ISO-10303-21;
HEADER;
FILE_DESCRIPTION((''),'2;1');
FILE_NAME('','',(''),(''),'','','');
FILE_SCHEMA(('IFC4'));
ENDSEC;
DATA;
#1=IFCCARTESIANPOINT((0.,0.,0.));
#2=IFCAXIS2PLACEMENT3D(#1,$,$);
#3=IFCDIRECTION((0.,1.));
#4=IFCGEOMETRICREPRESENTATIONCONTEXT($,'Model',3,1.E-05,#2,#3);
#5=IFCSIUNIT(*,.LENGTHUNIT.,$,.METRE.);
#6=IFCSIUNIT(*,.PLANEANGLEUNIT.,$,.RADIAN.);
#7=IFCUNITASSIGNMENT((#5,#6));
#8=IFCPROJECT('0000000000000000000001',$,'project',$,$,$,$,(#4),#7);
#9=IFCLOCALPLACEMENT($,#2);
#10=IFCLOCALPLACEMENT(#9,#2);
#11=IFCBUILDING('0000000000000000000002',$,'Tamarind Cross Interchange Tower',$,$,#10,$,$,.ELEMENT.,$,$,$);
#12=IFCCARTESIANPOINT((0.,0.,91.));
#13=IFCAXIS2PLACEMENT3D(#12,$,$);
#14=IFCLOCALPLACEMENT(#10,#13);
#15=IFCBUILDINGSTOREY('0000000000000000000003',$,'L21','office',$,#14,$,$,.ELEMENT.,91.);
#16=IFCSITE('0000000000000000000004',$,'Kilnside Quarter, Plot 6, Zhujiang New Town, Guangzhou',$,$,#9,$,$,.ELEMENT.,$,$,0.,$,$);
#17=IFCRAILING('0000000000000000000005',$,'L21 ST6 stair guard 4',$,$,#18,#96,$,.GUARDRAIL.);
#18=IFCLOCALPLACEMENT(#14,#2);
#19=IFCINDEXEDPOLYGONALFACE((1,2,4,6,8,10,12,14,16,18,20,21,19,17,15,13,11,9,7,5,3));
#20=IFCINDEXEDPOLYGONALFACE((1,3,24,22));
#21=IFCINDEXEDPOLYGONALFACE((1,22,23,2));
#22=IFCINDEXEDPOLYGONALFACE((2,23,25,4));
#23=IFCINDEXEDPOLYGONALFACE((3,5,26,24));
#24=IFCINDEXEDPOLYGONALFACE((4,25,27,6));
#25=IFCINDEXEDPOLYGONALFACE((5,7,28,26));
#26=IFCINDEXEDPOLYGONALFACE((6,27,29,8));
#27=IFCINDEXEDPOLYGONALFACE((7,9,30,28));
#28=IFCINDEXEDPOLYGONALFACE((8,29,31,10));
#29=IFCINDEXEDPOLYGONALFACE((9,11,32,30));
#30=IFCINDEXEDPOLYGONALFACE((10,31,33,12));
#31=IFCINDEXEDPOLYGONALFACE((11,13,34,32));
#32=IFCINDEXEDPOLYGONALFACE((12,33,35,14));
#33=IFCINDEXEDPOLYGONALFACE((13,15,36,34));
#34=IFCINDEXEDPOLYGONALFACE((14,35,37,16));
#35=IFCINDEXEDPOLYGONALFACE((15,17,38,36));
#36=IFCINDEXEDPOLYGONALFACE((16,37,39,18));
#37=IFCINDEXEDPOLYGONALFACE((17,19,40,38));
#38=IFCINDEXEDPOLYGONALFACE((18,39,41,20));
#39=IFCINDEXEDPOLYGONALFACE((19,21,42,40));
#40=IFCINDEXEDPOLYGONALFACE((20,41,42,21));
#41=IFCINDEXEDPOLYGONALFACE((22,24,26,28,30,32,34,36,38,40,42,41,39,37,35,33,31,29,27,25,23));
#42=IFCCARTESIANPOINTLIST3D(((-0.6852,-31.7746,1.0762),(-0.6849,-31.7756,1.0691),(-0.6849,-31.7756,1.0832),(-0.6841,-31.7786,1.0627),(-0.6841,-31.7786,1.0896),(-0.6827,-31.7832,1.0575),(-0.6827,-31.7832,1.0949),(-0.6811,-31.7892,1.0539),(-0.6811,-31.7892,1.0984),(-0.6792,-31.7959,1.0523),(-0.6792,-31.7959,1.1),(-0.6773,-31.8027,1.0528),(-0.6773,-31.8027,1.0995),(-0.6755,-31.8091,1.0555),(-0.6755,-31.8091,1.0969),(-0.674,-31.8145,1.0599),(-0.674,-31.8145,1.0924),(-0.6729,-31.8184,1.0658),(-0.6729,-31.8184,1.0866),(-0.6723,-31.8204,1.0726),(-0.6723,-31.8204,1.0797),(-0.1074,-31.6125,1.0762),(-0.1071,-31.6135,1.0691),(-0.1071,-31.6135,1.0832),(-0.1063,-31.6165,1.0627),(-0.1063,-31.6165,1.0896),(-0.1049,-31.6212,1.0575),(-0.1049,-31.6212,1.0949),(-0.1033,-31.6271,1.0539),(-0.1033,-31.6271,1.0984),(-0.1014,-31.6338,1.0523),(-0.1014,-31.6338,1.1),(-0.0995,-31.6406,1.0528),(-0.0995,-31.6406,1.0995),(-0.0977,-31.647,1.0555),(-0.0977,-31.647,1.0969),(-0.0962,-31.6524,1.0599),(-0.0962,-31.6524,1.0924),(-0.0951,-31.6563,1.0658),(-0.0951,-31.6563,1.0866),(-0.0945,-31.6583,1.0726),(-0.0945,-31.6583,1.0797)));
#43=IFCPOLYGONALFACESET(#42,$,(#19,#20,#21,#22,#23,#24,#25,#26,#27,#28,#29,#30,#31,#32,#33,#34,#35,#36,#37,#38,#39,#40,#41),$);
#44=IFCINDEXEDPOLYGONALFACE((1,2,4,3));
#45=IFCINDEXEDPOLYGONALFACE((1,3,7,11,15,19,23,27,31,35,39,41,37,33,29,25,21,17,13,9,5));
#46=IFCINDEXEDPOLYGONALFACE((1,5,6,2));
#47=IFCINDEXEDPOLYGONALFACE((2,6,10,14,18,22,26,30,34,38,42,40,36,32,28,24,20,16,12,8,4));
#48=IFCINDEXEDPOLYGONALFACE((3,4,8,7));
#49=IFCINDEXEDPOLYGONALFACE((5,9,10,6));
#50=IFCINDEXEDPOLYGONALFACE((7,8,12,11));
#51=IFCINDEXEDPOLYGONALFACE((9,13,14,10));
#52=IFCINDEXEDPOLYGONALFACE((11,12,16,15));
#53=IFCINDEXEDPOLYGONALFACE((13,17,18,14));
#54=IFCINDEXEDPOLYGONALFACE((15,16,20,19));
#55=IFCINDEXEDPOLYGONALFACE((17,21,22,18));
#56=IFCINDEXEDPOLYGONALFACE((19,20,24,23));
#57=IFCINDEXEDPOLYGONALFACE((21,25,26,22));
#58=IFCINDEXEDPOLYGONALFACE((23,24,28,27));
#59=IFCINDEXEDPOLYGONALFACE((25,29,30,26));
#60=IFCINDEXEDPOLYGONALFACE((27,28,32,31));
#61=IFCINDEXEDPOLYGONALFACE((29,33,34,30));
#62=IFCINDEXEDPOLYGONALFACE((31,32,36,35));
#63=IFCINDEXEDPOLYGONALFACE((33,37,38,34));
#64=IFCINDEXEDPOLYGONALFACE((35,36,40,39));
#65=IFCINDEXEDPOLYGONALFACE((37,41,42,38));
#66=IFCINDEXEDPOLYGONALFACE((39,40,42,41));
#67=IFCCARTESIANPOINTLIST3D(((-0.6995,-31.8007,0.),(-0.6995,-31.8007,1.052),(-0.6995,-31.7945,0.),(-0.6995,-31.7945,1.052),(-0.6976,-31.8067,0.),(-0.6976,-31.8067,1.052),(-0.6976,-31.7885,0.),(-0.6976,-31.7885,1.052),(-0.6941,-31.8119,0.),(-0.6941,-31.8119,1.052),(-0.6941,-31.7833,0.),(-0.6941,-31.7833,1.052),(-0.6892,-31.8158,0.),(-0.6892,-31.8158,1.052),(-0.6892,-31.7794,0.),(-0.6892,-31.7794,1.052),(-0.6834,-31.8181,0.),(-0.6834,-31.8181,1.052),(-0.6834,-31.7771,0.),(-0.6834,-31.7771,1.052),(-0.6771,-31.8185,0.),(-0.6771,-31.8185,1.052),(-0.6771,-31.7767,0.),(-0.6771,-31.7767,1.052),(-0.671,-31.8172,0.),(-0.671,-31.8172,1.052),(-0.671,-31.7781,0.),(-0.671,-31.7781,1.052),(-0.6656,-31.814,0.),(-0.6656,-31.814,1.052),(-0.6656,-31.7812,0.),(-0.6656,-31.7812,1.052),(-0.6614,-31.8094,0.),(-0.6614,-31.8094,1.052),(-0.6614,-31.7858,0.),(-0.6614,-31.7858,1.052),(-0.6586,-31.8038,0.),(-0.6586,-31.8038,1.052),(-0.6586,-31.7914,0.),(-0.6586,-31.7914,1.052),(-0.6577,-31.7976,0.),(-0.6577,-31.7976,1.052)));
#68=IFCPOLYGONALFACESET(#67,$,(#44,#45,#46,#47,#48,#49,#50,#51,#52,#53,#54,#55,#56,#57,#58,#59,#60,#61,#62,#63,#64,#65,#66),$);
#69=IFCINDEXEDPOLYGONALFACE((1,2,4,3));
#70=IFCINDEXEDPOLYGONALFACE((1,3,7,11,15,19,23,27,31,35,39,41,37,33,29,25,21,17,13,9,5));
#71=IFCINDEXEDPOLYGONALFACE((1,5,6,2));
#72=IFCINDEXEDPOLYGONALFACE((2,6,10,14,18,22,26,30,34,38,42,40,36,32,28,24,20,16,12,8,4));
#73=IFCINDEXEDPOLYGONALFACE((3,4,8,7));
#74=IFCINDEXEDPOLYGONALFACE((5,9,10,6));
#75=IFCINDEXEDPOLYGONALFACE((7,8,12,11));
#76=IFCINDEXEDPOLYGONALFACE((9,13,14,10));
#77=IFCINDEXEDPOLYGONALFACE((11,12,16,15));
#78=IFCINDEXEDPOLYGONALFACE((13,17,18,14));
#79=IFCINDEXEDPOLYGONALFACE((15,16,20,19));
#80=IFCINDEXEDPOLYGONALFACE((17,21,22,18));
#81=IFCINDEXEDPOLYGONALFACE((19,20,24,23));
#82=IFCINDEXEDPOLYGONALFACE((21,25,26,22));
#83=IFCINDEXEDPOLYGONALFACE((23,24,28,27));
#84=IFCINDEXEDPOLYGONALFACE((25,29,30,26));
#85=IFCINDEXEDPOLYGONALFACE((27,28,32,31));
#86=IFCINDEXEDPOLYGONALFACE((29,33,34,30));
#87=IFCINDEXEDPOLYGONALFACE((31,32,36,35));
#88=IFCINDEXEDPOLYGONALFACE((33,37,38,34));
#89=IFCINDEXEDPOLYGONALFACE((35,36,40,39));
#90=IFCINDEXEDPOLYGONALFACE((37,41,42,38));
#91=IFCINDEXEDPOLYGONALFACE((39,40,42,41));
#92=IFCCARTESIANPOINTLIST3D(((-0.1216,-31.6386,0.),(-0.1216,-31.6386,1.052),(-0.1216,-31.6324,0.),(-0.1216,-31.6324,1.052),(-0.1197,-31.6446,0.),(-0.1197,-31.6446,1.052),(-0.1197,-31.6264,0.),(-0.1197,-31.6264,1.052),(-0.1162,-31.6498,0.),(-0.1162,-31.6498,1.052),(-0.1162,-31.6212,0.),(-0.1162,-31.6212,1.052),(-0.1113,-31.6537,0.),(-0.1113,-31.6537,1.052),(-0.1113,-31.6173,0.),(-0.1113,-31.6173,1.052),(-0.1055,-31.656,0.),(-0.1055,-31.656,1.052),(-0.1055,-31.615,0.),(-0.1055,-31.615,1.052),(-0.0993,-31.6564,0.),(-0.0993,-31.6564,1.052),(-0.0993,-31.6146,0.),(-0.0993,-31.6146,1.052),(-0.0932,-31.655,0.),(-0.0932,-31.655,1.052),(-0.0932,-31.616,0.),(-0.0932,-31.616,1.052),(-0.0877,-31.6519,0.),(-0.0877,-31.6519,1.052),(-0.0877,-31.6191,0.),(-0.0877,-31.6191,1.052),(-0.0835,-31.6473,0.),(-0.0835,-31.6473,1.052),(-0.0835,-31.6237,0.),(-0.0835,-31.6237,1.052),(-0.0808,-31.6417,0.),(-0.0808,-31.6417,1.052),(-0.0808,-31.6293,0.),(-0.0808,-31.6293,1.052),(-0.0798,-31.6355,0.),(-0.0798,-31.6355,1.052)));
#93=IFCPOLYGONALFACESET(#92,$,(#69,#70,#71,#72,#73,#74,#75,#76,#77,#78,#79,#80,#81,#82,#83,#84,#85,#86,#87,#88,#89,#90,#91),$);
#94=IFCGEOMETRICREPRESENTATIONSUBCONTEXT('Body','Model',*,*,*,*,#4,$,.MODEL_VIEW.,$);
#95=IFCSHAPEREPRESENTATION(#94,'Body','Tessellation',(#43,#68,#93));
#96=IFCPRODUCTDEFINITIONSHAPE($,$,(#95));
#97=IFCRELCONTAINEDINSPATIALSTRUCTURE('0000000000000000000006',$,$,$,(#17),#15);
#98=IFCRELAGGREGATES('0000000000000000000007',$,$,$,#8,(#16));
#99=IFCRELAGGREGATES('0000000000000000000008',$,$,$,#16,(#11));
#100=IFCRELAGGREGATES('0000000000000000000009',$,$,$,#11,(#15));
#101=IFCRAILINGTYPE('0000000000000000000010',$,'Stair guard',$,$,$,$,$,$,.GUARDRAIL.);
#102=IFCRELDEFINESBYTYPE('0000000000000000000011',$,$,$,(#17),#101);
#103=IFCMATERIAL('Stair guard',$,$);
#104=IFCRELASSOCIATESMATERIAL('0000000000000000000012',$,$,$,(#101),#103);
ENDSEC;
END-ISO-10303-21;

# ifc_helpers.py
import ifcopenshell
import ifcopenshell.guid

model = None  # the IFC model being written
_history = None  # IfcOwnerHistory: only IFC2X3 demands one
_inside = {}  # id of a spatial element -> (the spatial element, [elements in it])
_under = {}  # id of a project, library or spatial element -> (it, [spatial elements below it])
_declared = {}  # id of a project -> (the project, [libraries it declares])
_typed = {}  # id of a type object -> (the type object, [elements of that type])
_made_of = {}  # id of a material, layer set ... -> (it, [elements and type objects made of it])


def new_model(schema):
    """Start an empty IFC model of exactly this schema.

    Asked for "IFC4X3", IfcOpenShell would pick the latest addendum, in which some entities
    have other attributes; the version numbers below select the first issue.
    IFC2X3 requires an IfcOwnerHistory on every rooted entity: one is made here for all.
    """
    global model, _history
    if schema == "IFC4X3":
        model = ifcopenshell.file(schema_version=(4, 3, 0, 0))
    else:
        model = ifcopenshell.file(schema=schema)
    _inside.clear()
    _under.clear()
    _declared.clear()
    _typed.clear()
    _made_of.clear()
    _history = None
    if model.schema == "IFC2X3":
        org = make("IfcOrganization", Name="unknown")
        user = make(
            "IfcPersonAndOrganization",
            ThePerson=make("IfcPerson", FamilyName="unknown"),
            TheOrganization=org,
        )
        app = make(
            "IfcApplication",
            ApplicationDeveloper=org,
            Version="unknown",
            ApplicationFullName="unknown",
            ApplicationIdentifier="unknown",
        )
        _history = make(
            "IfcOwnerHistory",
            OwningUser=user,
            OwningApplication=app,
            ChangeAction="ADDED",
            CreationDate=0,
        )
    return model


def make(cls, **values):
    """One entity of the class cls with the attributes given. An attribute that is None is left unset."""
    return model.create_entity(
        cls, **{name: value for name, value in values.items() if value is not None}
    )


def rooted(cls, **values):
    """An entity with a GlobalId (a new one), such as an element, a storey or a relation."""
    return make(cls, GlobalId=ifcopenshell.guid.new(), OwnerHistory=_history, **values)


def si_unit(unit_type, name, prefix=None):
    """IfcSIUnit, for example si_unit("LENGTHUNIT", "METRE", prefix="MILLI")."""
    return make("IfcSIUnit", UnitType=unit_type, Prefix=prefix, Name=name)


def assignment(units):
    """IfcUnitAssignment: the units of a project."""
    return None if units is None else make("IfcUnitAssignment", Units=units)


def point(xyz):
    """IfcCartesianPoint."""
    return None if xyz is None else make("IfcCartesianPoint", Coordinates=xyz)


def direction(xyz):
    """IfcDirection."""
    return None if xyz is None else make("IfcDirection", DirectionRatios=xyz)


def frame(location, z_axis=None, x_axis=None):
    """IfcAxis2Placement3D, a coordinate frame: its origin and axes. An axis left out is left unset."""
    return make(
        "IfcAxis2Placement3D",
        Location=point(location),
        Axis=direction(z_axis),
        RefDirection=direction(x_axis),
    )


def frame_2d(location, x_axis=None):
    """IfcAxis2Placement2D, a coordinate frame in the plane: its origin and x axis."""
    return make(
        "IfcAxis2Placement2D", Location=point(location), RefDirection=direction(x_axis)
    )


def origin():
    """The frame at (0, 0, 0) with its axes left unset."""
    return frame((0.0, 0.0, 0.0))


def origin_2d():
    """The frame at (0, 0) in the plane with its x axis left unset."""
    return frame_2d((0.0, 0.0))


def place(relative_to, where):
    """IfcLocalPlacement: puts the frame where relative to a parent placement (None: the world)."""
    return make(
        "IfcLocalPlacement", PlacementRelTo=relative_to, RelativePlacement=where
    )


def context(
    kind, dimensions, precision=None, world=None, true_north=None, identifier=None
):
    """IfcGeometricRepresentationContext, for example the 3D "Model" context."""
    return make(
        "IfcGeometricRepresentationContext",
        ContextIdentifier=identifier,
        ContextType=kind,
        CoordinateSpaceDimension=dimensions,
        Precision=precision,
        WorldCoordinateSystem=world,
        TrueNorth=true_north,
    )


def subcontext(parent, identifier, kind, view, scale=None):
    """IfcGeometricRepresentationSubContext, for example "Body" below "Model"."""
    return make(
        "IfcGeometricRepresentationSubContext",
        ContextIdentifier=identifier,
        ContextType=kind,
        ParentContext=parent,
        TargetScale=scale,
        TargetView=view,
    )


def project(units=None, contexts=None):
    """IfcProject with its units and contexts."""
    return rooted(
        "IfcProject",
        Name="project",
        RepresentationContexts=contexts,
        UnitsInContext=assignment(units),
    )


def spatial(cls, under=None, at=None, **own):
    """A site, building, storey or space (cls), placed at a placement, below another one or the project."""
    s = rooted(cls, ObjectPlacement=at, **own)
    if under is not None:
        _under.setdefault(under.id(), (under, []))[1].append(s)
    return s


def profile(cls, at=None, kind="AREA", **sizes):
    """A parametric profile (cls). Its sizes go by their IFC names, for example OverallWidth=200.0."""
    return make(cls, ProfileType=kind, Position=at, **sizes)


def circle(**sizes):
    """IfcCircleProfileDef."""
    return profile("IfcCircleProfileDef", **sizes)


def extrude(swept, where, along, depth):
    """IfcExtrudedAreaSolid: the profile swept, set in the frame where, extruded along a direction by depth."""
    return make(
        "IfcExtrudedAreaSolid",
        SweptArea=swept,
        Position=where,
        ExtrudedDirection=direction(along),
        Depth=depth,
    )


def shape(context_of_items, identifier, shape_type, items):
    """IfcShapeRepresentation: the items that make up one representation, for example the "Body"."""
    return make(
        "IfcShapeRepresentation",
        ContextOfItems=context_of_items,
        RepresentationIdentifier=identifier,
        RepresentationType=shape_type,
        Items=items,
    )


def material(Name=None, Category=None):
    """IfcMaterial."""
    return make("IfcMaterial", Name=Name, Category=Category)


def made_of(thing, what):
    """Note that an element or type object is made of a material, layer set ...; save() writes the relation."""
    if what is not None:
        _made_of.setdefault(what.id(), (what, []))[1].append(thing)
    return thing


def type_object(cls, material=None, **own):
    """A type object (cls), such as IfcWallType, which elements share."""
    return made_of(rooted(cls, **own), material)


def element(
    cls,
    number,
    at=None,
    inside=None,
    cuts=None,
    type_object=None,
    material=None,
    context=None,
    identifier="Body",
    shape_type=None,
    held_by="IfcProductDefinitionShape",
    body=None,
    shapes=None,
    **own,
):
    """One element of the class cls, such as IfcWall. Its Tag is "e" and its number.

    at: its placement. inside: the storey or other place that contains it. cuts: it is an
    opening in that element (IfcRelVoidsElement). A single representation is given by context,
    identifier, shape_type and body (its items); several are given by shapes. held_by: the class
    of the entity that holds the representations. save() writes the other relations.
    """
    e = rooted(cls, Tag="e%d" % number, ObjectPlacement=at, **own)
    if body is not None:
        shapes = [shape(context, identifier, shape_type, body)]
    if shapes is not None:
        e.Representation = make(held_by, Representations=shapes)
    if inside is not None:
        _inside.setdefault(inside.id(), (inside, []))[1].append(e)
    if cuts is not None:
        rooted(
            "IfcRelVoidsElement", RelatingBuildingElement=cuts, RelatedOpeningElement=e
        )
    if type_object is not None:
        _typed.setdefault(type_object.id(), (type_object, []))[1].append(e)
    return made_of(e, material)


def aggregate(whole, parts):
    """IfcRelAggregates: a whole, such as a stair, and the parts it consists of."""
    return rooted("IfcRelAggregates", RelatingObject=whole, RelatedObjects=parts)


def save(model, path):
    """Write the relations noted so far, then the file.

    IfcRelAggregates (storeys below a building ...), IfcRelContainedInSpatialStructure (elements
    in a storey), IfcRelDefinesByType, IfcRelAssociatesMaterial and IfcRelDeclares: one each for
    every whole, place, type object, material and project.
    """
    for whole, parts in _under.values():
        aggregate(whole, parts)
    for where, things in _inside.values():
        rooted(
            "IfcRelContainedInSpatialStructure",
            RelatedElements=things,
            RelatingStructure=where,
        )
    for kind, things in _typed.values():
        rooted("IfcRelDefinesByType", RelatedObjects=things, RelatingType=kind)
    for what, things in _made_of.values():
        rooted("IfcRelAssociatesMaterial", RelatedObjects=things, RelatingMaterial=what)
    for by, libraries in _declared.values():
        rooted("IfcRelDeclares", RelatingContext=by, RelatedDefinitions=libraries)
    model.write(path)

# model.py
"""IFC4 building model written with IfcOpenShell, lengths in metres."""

from ifc_helpers import new_model, si_unit, direction, frame, origin, origin_2d, place, context, subcontext, project, spatial, circle, extrude, material, type_object, element, save


model = new_model("IFC4")

# Units and contexts
model_context = context("Model", 3, precision=1e-05, world=origin(), true_north=direction((0.0, 1.0)))
body_context = subcontext(model_context, "Body", "Model", "MODEL_VIEW")
ifc_project = project(units=[si_unit("LENGTHUNIT", "METRE"), si_unit("PLANEANGLEUNIT", "RADIAN")], contexts=[model_context])

# Site, building, storey
site_placement = place(None, origin())
site = spatial("IfcSite", under=ifc_project, at=site_placement, Name="Kilnside Quarter, Plot 6, Zhujiang New Town, Guangzhou", CompositionType="ELEMENT", RefElevation=0.0)
building_placement = place(site_placement, origin())
building = spatial("IfcBuilding", under=site, at=building_placement, Name="Tamarind Cross Interchange Tower", CompositionType="ELEMENT")
storey_placement = place(building_placement, frame((0.0, 0.0, 91.0)))
storey = spatial("IfcBuildingStorey", under=building, at=storey_placement, Name="L21", Description="office", CompositionType="ELEMENT", Elevation=91.0)

# Railing
ifc_material_1 = material(Name="Stair guard")
railing_type_1 = type_object("IfcRailingType", Name="Stair guard", PredefinedType="GUARDRAIL", material=ifc_material_1)
railing_1_placement = place(storey_placement, frame((-0.6787, -31.7976, 0.0)))
element("IfcRailing", 1, at=railing_1_placement, inside=storey, type_object=railing_type_1, Name="L21 ST6 stair guard 4", PredefinedType="GUARDRAIL", context=body_context, shape_type="SweptSolid", body=[
    extrude(circle(Radius=0.0239, at=origin_2d()), frame((0.0, 0.0, 1.0762), z_axis=(0.962833, 0.270098, 0.0), x_axis=(-0.270098, 0.962833, 0.0)), (0.0, 0.0, 1.0), 0.6001),
    extrude(circle(Radius=0.021, at=origin_2d()), origin(), (0.0, 0.0, 1.0), 1.052),
    extrude(circle(Radius=0.021, at=origin_2d()), frame((0.5779, 0.1621, 0.0)), (0.0, 0.0, 1.0), 1.052),
])

save(model, "model.ifc")
